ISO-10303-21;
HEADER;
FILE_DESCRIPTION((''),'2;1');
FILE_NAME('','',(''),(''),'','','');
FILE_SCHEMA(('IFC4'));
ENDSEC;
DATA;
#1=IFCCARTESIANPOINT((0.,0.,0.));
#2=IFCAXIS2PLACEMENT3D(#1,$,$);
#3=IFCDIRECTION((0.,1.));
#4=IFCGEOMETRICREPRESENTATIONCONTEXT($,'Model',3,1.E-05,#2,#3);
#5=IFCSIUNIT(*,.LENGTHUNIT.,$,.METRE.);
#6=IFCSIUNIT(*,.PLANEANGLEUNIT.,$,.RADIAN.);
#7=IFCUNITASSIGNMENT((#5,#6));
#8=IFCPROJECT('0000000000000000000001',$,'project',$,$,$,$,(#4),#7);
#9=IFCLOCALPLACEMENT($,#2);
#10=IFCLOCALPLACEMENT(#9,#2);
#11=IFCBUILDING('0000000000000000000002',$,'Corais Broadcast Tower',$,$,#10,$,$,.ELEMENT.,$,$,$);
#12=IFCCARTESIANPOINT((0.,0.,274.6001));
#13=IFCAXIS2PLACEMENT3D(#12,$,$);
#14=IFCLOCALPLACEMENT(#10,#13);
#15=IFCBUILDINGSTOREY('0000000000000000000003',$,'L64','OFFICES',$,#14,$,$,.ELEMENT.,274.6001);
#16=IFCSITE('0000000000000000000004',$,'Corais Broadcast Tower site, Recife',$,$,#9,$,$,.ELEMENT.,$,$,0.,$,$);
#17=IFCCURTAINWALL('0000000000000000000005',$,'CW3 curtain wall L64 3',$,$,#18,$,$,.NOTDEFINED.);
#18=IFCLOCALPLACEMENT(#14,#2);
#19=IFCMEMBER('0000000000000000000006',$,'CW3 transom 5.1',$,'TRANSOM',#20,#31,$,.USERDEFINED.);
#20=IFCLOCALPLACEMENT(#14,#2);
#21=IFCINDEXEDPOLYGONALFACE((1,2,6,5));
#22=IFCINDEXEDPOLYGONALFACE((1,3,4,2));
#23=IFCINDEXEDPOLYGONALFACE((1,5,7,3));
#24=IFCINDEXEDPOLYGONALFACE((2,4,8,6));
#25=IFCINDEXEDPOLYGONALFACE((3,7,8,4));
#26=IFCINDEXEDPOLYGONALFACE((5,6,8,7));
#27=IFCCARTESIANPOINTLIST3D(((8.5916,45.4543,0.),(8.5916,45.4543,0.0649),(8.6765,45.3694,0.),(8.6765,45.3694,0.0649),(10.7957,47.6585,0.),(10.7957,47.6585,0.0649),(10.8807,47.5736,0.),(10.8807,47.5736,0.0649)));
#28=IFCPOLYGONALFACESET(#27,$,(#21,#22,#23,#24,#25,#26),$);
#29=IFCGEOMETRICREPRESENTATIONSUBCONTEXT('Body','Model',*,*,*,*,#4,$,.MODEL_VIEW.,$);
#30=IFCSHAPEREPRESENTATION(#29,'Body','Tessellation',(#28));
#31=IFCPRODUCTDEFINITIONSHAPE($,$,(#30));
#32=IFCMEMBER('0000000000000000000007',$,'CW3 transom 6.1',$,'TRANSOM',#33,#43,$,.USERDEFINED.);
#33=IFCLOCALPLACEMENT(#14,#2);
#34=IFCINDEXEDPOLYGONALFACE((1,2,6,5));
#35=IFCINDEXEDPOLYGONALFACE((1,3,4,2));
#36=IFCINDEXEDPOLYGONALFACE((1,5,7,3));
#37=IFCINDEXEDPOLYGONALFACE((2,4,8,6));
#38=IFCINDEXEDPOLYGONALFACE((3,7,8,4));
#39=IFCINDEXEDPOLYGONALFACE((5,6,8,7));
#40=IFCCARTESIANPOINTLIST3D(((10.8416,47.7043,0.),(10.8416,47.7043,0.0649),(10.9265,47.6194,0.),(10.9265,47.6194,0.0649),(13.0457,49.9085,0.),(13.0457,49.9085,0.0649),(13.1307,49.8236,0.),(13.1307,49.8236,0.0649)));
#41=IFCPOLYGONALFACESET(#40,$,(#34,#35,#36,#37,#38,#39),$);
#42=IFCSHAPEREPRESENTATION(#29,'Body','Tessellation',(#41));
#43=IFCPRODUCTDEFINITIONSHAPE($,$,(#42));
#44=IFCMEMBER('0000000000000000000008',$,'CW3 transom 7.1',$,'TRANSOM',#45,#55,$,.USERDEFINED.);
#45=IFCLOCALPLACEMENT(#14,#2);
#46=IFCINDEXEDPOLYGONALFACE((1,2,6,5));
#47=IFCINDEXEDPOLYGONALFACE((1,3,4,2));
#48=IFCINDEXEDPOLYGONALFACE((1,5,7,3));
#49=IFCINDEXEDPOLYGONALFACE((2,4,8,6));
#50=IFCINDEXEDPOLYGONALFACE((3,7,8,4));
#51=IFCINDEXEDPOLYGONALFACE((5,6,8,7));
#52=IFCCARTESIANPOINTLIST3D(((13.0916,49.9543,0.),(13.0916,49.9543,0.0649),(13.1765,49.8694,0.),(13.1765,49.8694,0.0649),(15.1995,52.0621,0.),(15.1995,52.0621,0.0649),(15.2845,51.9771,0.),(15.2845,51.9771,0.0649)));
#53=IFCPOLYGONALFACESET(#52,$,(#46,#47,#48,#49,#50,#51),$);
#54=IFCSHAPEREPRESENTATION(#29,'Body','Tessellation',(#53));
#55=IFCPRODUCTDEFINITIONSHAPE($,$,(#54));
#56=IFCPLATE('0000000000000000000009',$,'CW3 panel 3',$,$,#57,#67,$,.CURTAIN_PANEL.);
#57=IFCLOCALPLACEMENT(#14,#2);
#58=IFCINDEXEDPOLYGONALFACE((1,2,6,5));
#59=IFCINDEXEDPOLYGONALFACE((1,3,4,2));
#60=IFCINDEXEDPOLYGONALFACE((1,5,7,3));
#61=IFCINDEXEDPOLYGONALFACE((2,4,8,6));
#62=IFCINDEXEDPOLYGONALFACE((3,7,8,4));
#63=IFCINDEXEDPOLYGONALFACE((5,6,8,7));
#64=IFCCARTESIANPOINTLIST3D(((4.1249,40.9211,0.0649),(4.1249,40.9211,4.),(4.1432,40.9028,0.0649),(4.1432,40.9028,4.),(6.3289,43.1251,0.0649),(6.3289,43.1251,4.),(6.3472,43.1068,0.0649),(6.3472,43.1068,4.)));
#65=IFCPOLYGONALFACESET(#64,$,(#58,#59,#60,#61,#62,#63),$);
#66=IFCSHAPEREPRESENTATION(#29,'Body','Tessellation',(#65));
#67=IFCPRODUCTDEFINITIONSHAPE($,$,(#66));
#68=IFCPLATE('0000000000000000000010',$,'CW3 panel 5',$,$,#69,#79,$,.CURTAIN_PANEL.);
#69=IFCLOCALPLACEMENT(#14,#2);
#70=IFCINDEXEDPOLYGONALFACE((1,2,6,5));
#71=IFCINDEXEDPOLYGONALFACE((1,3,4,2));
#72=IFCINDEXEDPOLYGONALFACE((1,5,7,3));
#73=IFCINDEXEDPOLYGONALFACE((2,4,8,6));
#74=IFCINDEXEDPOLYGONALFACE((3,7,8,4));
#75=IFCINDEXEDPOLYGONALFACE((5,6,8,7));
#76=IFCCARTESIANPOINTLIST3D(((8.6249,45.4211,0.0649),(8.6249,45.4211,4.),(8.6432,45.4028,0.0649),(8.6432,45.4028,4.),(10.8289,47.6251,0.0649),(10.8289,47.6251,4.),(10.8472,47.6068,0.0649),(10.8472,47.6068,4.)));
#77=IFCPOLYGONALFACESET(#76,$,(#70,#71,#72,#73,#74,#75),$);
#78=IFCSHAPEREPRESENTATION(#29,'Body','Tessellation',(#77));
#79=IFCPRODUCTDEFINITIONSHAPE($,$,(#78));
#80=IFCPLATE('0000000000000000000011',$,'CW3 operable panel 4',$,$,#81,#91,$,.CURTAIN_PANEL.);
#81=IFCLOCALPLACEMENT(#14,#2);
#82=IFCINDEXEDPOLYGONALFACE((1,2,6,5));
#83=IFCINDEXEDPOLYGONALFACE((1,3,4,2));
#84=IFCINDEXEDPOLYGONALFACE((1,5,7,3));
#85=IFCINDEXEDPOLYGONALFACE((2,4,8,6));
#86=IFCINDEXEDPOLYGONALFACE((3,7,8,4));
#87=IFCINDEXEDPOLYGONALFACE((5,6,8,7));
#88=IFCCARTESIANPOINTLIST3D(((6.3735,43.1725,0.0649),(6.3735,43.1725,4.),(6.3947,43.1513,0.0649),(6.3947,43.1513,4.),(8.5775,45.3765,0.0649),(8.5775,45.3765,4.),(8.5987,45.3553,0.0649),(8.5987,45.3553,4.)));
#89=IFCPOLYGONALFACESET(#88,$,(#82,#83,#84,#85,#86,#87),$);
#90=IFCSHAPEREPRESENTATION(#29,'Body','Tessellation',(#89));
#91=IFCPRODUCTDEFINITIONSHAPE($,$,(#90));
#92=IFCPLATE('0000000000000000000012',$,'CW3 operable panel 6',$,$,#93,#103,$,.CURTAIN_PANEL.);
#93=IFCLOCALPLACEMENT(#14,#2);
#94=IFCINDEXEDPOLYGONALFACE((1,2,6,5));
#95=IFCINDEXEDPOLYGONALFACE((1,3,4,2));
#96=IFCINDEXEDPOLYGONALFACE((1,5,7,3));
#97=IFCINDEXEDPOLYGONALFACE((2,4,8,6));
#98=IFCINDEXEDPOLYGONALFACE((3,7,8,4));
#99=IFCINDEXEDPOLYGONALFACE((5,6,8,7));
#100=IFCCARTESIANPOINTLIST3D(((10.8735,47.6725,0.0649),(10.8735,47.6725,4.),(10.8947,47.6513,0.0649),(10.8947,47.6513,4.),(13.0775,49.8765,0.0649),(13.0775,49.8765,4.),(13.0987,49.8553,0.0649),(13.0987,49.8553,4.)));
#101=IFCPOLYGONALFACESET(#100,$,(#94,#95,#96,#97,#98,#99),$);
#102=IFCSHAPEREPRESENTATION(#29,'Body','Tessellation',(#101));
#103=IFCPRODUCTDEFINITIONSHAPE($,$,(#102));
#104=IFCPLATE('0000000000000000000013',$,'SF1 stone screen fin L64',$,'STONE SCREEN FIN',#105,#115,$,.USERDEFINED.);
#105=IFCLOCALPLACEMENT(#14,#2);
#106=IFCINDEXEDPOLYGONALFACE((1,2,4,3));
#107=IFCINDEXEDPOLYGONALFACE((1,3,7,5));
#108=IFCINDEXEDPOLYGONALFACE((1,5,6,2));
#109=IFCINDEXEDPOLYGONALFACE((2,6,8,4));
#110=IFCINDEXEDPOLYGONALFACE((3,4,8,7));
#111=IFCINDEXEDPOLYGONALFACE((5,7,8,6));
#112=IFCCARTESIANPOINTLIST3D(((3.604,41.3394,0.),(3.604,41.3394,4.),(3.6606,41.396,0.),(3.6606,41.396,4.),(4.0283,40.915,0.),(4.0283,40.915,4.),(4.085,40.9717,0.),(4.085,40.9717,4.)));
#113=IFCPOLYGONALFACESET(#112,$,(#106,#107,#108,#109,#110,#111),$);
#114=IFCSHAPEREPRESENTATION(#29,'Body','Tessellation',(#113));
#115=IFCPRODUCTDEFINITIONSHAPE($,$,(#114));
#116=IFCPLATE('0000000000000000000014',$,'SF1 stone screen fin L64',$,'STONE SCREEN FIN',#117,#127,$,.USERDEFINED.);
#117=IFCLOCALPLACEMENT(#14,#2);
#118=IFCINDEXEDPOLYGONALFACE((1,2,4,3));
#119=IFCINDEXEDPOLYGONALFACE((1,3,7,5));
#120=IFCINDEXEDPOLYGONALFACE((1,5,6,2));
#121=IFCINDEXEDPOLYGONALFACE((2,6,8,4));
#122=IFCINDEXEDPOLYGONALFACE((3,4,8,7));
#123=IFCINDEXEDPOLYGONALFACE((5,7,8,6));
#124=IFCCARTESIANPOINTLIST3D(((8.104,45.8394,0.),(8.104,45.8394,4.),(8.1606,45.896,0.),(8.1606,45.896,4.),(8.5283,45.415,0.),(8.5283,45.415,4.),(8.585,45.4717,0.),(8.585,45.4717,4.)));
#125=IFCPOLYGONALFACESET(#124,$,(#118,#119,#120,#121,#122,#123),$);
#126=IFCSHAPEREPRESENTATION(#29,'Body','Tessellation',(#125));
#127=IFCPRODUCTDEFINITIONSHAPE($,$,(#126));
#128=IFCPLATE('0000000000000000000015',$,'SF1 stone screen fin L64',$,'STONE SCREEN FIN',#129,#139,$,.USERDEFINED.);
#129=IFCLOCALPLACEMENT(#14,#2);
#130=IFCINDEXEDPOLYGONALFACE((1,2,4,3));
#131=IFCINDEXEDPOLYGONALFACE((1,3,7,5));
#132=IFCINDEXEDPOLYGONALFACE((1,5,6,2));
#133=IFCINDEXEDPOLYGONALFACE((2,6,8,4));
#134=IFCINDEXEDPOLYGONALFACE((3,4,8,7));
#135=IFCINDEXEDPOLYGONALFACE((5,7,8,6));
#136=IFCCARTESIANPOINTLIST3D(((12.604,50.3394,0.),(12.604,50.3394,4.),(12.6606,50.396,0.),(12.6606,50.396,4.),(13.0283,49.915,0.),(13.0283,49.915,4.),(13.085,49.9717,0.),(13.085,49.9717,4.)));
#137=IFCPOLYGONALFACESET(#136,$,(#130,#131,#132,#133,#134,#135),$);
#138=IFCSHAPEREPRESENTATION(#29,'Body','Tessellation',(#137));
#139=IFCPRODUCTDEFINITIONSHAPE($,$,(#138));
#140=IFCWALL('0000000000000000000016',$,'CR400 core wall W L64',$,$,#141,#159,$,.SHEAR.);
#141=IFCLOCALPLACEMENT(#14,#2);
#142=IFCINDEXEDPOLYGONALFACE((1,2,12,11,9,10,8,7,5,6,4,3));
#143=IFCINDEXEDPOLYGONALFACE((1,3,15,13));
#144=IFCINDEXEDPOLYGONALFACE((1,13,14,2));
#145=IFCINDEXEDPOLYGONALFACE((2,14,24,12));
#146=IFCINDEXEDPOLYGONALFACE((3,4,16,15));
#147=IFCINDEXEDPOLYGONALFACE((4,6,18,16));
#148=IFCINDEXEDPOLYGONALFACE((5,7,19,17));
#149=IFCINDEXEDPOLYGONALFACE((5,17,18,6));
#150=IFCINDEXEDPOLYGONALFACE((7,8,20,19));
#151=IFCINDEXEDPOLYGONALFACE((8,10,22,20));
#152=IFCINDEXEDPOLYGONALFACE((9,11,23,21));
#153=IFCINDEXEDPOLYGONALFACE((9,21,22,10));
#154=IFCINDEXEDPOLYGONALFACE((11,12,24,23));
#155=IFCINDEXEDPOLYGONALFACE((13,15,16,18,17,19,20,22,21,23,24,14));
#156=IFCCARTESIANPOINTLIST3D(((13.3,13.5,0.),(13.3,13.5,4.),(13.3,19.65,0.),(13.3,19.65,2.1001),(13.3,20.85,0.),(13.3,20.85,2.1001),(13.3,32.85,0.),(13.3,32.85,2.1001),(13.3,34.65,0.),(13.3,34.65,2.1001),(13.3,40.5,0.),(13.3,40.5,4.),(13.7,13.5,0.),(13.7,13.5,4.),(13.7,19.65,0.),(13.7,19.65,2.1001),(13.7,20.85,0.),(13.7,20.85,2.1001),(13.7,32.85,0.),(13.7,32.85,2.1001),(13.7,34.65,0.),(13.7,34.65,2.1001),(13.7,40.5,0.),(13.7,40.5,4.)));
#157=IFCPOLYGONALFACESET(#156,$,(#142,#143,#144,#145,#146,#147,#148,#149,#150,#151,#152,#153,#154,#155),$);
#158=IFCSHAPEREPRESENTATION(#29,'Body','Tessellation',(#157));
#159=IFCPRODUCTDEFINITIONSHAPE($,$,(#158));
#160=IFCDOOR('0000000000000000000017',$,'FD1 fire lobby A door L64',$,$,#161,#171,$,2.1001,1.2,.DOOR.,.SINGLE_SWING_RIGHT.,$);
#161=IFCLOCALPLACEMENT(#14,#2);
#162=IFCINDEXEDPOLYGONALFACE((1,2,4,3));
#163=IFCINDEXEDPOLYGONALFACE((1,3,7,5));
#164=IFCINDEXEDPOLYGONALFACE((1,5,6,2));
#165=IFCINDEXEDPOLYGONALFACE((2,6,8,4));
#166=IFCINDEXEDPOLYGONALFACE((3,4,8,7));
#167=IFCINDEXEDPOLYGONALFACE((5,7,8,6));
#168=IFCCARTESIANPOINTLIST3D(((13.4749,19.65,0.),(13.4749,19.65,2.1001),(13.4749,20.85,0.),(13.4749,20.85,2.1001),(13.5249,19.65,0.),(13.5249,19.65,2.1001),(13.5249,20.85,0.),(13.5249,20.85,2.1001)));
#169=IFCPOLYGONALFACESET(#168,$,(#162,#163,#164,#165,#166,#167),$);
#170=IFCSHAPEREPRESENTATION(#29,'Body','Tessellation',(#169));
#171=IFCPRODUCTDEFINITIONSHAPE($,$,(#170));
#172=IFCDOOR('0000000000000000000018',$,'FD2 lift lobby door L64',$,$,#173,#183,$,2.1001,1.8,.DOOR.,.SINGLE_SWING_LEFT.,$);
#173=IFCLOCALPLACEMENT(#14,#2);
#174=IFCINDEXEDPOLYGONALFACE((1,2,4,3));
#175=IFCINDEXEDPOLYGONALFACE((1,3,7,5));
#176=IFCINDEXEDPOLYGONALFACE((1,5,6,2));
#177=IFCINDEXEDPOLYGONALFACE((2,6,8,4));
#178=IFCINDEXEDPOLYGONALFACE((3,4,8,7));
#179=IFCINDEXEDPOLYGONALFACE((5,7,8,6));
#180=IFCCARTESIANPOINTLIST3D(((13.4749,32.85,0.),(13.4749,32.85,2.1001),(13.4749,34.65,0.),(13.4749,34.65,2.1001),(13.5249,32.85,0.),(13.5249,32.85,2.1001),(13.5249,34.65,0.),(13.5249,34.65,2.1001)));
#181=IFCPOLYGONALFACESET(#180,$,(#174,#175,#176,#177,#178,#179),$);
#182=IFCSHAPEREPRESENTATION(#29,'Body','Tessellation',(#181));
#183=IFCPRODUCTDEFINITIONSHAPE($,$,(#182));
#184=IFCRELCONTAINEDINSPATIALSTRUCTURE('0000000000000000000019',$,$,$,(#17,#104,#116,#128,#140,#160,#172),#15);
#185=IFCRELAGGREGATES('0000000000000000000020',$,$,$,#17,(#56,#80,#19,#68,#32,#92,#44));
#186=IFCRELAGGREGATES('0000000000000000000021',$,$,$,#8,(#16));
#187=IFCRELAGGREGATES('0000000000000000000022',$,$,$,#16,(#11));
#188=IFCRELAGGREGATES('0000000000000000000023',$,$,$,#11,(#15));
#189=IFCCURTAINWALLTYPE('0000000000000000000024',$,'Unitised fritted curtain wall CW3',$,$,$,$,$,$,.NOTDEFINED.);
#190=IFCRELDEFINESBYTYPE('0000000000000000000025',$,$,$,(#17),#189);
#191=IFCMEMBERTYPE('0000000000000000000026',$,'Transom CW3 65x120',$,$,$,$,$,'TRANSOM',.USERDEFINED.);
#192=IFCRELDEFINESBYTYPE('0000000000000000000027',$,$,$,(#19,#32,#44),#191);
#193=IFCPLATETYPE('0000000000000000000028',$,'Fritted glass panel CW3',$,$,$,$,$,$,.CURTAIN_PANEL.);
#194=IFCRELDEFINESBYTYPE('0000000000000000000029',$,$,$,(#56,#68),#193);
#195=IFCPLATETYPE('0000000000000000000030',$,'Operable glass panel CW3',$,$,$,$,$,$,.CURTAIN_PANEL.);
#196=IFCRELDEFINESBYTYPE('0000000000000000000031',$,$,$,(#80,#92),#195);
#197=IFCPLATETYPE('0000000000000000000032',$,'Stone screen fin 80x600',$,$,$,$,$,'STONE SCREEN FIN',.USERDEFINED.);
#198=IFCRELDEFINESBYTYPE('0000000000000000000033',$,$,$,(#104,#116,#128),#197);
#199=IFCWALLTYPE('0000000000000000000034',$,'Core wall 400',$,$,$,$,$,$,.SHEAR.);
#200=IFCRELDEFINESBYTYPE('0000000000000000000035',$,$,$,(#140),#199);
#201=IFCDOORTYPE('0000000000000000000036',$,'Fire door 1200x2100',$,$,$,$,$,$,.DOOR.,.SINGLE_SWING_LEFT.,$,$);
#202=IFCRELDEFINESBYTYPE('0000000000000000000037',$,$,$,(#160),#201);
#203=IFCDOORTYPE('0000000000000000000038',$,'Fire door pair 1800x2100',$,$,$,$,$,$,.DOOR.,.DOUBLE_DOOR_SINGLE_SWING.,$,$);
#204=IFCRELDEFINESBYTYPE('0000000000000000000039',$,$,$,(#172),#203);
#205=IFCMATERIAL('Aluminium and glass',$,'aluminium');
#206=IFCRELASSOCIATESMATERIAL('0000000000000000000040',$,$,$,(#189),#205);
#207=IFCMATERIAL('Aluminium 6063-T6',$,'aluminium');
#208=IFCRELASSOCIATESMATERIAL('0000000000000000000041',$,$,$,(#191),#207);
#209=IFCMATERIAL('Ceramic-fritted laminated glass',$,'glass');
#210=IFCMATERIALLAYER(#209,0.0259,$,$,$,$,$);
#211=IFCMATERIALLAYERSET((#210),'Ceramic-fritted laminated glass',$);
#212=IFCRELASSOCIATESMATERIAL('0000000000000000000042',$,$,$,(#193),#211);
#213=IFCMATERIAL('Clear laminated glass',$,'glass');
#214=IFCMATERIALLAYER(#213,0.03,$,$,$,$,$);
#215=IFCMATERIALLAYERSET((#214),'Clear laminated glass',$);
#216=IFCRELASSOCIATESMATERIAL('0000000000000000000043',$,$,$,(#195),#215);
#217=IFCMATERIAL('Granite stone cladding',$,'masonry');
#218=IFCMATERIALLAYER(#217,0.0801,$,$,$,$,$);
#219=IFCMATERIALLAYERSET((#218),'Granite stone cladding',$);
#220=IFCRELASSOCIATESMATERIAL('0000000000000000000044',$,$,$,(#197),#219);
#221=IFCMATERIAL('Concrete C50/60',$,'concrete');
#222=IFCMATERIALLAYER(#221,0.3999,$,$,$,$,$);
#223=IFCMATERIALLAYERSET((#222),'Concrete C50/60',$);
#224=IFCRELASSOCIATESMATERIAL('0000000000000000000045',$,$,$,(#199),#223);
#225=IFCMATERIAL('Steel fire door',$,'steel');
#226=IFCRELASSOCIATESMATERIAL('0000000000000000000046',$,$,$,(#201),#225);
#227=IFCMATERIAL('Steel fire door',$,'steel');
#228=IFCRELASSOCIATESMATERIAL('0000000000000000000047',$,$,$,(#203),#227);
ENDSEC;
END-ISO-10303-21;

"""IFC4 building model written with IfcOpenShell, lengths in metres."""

from ifc_helpers import new_model, si_unit, direction, frame, frame_2d, origin, origin_2d, place, context, subcontext, project, spatial, rectangle, extrude, material, layer, layer_set, material_profile, profile_set, type_object, element, fill, aggregate, save


model = new_model("IFC4")

# Units and contexts
model_context = context("Model", 3, precision=1e-05, world=origin(), true_north=direction((0.0, 1.0)))
body_context = subcontext(model_context, "Body", "Model", "MODEL_VIEW")
ifc_project = project(units=[si_unit("LENGTHUNIT", "METRE"), si_unit("PLANEANGLEUNIT", "RADIAN")], contexts=[model_context])

# Site, building, storey
site_placement = place(None, origin())
site = spatial("IfcSite", under=ifc_project, at=site_placement, Name="Corais Broadcast Tower site, Recife", CompositionType="ELEMENT", RefElevation=0.0)
building_placement = place(site_placement, origin())
building = spatial("IfcBuilding", under=site, at=building_placement, Name="Corais Broadcast Tower", CompositionType="ELEMENT")
storey_placement = place(building_placement, frame((0.0, 0.0, 274.6001)))
storey = spatial("IfcBuildingStorey", under=building, at=storey_placement, Name="L64", Description="OFFICES", CompositionType="ELEMENT", Elevation=274.6001)

# Curtain wall
ifc_material_1 = material(Name="Aluminium and glass", Category="aluminium")
curtain_wall_type = type_object("IfcCurtainWallType", Name="Unitised fritted curtain wall CW3", PredefinedType="NOTDEFINED", material=ifc_material_1)
curtain_wall_placement = place(storey_placement, origin())
curtain_wall = element("IfcCurtainWall", 1, at=curtain_wall_placement, inside=storey, type_object=curtain_wall_type, Name="CW3 curtain wall L64 3", PredefinedType="NOTDEFINED")

# Members
ifc_material_2 = material(Name="Aluminium 6063-T6", Category="aluminium")
ifc_material_profile_1 = material_profile(ifc_material_2, rectangle(XDim=0.1201, YDim=0.0649, at=origin_2d()), Name="Transom CW3 65x120")
ifc_profile_set_1 = profile_set([ifc_material_profile_1], Name="Aluminium 6063-T6")
member_type_1 = type_object("IfcMemberType", Name="Transom CW3 65x120", ElementType="TRANSOM", PredefinedType="USERDEFINED", material=ifc_profile_set_1)
member_1_placement = place(storey_placement, frame((8.634, 45.4119, 0.0325), z_axis=(0.707107, 0.707107, 0.0), x_axis=(-0.707107, 0.707107, 0.0)))
member_1 = element("IfcMember", 2, at=member_1_placement, type_object=member_type_1, Name="CW3 transom 5.1", ObjectType="TRANSOM", PredefinedType="USERDEFINED", context=body_context, shape_type="SweptSolid", body=[
    extrude(rectangle(XDim=0.1201, YDim=0.0649, at=origin_2d()), origin(), (0.0, 0.0, 1.0), 3.1172),
])
member_2_placement = place(storey_placement, frame((10.884, 47.6619, 0.0325), z_axis=(0.707107, 0.707107, 0.0), x_axis=(-0.707107, 0.707107, 0.0)))
member_2 = element("IfcMember", 3, at=member_2_placement, type_object=member_type_1, Name="CW3 transom 6.1", ObjectType="TRANSOM", PredefinedType="USERDEFINED", context=body_context, shape_type="SweptSolid", body=[
    extrude(rectangle(XDim=0.1201, YDim=0.0649, at=origin_2d()), origin(), (0.0, 0.0, 1.0), 3.1172),
])
member_3_placement = place(storey_placement, frame((13.134, 49.9119, 0.0325), z_axis=(0.707148, 0.707066, 0.0), x_axis=(-0.707066, 0.707148, 0.0)))
member_3 = element("IfcMember", 4, at=member_3_placement, type_object=member_type_1, Name="CW3 transom 7.1", ObjectType="TRANSOM", PredefinedType="USERDEFINED", context=body_context, shape_type="SweptSolid", body=[
    extrude(rectangle(XDim=0.1201, YDim=0.0649, at=origin_2d()), origin(), (0.0, 0.0, 1.0), 2.981),
])

# Plates
ifc_material_3 = material(Name="Ceramic-fritted laminated glass", Category="glass")
ifc_layer_1 = layer(ifc_material_3, 0.0259)
ifc_layer_set_1 = layer_set([ifc_layer_1], Name="Ceramic-fritted laminated glass")
plate_type_1 = type_object("IfcPlateType", Name="Fritted glass panel CW3", PredefinedType="CURTAIN_PANEL", material=ifc_layer_set_1)
plate_1_placement = place(storey_placement, frame((5.2361, 42.0139, 0.0649), z_axis=(0.0, 0.0, 1.0), x_axis=(0.707107, 0.707107, 0.0)))
plate_1 = element("IfcPlate", 5, at=plate_1_placement, type_object=plate_type_1, Name="CW3 panel 3", PredefinedType="CURTAIN_PANEL", context=body_context, shape_type="SweptSolid", body=[
    extrude(rectangle(XDim=3.1169, YDim=0.0259, at=origin_2d()), origin(), (0.0, 0.0, 1.0), 3.9351),
])
plate_2_placement = place(storey_placement, frame((9.7361, 46.5139, 0.0649), z_axis=(0.0, 0.0, 1.0), x_axis=(0.707107, 0.707107, 0.0)))
plate_2 = element("IfcPlate", 6, at=plate_2_placement, type_object=plate_type_1, Name="CW3 panel 5", PredefinedType="CURTAIN_PANEL", context=body_context, shape_type="SweptSolid", body=[
    extrude(rectangle(XDim=3.1169, YDim=0.0259, at=origin_2d()), origin(), (0.0, 0.0, 1.0), 3.9351),
])
ifc_material_4 = material(Name="Clear laminated glass", Category="glass")
ifc_layer_2 = layer(ifc_material_4, 0.03)
ifc_layer_set_2 = layer_set([ifc_layer_2], Name="Clear laminated glass")
plate_type_2 = type_object("IfcPlateType", Name="Operable glass panel CW3", PredefinedType="CURTAIN_PANEL", material=ifc_layer_set_2)
plate_3_placement = place(storey_placement, frame((7.4861, 44.2639, 0.0649), z_axis=(0.0, 0.0, 1.0), x_axis=(0.707107, 0.707107, 0.0)))
plate_3 = element("IfcPlate", 7, at=plate_3_placement, type_object=plate_type_2, Name="CW3 operable panel 4", PredefinedType="CURTAIN_PANEL", context=body_context, shape_type="SweptSolid", body=[
    extrude(rectangle(XDim=3.1169, YDim=0.03, at=origin_2d()), origin(), (0.0, 0.0, 1.0), 3.9351),
])
plate_4_placement = place(storey_placement, frame((11.9861, 48.7639, 0.0649), z_axis=(0.0, 0.0, 1.0), x_axis=(0.707107, 0.707107, 0.0)))
plate_4 = element("IfcPlate", 8, at=plate_4_placement, type_object=plate_type_2, Name="CW3 operable panel 6", PredefinedType="CURTAIN_PANEL", context=body_context, shape_type="SweptSolid", body=[
    extrude(rectangle(XDim=3.1169, YDim=0.03, at=origin_2d()), origin(), (0.0, 0.0, 1.0), 3.9351),
])
aggregate(curtain_wall, [plate_1, plate_3, member_1, plate_2, member_2, plate_4, member_3])

# Plates
ifc_material_5 = material(Name="Granite stone cladding", Category="masonry")
ifc_layer_3 = layer(ifc_material_5, 0.0801)
ifc_layer_set_3 = layer_set([ifc_layer_3], Name="Granite stone cladding")
plate_type_3 = type_object("IfcPlateType", Name="Stone screen fin 80x600", ElementType="STONE SCREEN FIN", PredefinedType="USERDEFINED", material=ifc_layer_set_3)
for number, where, z_axis, x_axis, name in (
    (9, (3.8445, 41.1555, 0.0), (0.0, 0.0, 1.0), (0.707107, 0.707107, 0.0), "SF1 stone screen fin L64"),
    (10, (8.3445, 45.6555, 0.0), (0.0, 0.0, 1.0), (0.707107, 0.707107, 0.0), "SF1 stone screen fin L64"),
    (11, (12.8445, 50.1555, 0.0), (0.0, 0.0, 1.0), (0.707107, 0.707107, 0.0), "SF1 stone screen fin L64"),
):
    element("IfcPlate", number, at=place(storey_placement, frame(where, z_axis=z_axis, x_axis=x_axis)), inside=storey, type_object=plate_type_3, Name=name, ObjectType="STONE SCREEN FIN", PredefinedType="USERDEFINED", context=body_context, shape_type="SweptSolid", body=[
        extrude(rectangle(XDim=0.0801, YDim=0.6001, at=origin_2d()), origin(), (0.0, 0.0, 1.0), 4.0),
    ])

# Wall, openings, doors
ifc_material_6 = material(Name="Concrete C50/60", Category="concrete")
ifc_layer_4 = layer(ifc_material_6, 0.3999)
ifc_layer_set_4 = layer_set([ifc_layer_4], Name="Concrete C50/60")
wall_type_1 = type_object("IfcWallType", Name="Core wall 400", PredefinedType="SHEAR", material=ifc_layer_set_4)
wall_1_placement = place(storey_placement, frame((13.5, 40.5, 0.0), z_axis=(0.0, 0.0, 1.0), x_axis=(0.0, -1.0, 0.0)))
wall_1 = element("IfcWall", 12, at=wall_1_placement, inside=storey, type_object=wall_type_1, Name="CR400 core wall W L64", PredefinedType="SHEAR", context=body_context, shape_type="SweptSolid", body=[
    extrude(rectangle(XDim=27.0, YDim=0.3999, at=frame_2d((13.5, 0.0))), origin(), (0.0, 0.0, 1.0), 4.0),
])
opening_1_placement = place(wall_1_placement, frame((19.6499, 0.0, 0.0)))
opening_1 = element("IfcOpeningElement", 13, at=opening_1_placement, cuts=wall_1, PredefinedType="OPENING", context=body_context, shape_type="SweptSolid", body=[
    extrude(rectangle(XDim=1.2, YDim=2.1001, at=frame_2d((0.6001, 1.05))), frame((0.0, 0.21, 0.0), z_axis=(0.0, -1.0, 0.0), x_axis=(1.0, 0.0, 0.0)), (0.0, 0.0, 1.0), 0.4199),
])
opening_2_placement = place(wall_1_placement, frame((5.8501, 0.0, 0.0)))
opening_2 = element("IfcOpeningElement", 14, at=opening_2_placement, cuts=wall_1, PredefinedType="OPENING", context=body_context, shape_type="SweptSolid", body=[
    extrude(rectangle(XDim=1.8, YDim=2.1001, at=frame_2d((0.8999, 1.05))), frame((0.0, 0.21, 0.0), z_axis=(0.0, -1.0, 0.0), x_axis=(1.0, 0.0, 0.0)), (0.0, 0.0, 1.0), 0.4199),
])
ifc_material_7 = material(Name="Steel fire door", Category="steel")
door_type_1 = type_object("IfcDoorType", Name="Fire door 1200x2100", OperationType="SINGLE_SWING_LEFT", PredefinedType="DOOR", material=ifc_material_7)
door_1_placement = place(opening_1_placement, origin())
door_1 = element("IfcDoor", 15, at=door_1_placement, inside=storey, type_object=door_type_1, Name="FD1 fire lobby A door L64", OperationType="SINGLE_SWING_RIGHT", OverallHeight=2.1001, OverallWidth=1.2, PredefinedType="DOOR", context=body_context, shape_type="SweptSolid", body=[
    extrude(rectangle(XDim=1.2, YDim=2.1001, at=frame_2d((0.6001, 1.05))), frame((0.0, 0.0249, 0.0), z_axis=(0.0, -1.0, 0.0), x_axis=(1.0, 0.0, 0.0)), (0.0, 0.0, 1.0), 0.05),
])
fill(opening_1, door_1)
ifc_material_8 = material(Name="Steel fire door", Category="steel")
door_type_2 = type_object("IfcDoorType", Name="Fire door pair 1800x2100", OperationType="DOUBLE_DOOR_SINGLE_SWING", PredefinedType="DOOR", material=ifc_material_8)
door_2_placement = place(opening_2_placement, origin())
door_2 = element("IfcDoor", 16, at=door_2_placement, inside=storey, type_object=door_type_2, Name="FD2 lift lobby door L64", OperationType="SINGLE_SWING_LEFT", OverallHeight=2.1001, OverallWidth=1.8, PredefinedType="DOOR", context=body_context, shape_type="SweptSolid", body=[
    extrude(rectangle(XDim=1.8, YDim=2.1001, at=frame_2d((0.8999, 1.05))), frame((0.0, 0.0249, 0.0), z_axis=(0.0, -1.0, 0.0), x_axis=(1.0, 0.0, 0.0)), (0.0, 0.0, 1.0), 0.05),
])
fill(opening_2, door_2)

save(model, "model.ifc")
